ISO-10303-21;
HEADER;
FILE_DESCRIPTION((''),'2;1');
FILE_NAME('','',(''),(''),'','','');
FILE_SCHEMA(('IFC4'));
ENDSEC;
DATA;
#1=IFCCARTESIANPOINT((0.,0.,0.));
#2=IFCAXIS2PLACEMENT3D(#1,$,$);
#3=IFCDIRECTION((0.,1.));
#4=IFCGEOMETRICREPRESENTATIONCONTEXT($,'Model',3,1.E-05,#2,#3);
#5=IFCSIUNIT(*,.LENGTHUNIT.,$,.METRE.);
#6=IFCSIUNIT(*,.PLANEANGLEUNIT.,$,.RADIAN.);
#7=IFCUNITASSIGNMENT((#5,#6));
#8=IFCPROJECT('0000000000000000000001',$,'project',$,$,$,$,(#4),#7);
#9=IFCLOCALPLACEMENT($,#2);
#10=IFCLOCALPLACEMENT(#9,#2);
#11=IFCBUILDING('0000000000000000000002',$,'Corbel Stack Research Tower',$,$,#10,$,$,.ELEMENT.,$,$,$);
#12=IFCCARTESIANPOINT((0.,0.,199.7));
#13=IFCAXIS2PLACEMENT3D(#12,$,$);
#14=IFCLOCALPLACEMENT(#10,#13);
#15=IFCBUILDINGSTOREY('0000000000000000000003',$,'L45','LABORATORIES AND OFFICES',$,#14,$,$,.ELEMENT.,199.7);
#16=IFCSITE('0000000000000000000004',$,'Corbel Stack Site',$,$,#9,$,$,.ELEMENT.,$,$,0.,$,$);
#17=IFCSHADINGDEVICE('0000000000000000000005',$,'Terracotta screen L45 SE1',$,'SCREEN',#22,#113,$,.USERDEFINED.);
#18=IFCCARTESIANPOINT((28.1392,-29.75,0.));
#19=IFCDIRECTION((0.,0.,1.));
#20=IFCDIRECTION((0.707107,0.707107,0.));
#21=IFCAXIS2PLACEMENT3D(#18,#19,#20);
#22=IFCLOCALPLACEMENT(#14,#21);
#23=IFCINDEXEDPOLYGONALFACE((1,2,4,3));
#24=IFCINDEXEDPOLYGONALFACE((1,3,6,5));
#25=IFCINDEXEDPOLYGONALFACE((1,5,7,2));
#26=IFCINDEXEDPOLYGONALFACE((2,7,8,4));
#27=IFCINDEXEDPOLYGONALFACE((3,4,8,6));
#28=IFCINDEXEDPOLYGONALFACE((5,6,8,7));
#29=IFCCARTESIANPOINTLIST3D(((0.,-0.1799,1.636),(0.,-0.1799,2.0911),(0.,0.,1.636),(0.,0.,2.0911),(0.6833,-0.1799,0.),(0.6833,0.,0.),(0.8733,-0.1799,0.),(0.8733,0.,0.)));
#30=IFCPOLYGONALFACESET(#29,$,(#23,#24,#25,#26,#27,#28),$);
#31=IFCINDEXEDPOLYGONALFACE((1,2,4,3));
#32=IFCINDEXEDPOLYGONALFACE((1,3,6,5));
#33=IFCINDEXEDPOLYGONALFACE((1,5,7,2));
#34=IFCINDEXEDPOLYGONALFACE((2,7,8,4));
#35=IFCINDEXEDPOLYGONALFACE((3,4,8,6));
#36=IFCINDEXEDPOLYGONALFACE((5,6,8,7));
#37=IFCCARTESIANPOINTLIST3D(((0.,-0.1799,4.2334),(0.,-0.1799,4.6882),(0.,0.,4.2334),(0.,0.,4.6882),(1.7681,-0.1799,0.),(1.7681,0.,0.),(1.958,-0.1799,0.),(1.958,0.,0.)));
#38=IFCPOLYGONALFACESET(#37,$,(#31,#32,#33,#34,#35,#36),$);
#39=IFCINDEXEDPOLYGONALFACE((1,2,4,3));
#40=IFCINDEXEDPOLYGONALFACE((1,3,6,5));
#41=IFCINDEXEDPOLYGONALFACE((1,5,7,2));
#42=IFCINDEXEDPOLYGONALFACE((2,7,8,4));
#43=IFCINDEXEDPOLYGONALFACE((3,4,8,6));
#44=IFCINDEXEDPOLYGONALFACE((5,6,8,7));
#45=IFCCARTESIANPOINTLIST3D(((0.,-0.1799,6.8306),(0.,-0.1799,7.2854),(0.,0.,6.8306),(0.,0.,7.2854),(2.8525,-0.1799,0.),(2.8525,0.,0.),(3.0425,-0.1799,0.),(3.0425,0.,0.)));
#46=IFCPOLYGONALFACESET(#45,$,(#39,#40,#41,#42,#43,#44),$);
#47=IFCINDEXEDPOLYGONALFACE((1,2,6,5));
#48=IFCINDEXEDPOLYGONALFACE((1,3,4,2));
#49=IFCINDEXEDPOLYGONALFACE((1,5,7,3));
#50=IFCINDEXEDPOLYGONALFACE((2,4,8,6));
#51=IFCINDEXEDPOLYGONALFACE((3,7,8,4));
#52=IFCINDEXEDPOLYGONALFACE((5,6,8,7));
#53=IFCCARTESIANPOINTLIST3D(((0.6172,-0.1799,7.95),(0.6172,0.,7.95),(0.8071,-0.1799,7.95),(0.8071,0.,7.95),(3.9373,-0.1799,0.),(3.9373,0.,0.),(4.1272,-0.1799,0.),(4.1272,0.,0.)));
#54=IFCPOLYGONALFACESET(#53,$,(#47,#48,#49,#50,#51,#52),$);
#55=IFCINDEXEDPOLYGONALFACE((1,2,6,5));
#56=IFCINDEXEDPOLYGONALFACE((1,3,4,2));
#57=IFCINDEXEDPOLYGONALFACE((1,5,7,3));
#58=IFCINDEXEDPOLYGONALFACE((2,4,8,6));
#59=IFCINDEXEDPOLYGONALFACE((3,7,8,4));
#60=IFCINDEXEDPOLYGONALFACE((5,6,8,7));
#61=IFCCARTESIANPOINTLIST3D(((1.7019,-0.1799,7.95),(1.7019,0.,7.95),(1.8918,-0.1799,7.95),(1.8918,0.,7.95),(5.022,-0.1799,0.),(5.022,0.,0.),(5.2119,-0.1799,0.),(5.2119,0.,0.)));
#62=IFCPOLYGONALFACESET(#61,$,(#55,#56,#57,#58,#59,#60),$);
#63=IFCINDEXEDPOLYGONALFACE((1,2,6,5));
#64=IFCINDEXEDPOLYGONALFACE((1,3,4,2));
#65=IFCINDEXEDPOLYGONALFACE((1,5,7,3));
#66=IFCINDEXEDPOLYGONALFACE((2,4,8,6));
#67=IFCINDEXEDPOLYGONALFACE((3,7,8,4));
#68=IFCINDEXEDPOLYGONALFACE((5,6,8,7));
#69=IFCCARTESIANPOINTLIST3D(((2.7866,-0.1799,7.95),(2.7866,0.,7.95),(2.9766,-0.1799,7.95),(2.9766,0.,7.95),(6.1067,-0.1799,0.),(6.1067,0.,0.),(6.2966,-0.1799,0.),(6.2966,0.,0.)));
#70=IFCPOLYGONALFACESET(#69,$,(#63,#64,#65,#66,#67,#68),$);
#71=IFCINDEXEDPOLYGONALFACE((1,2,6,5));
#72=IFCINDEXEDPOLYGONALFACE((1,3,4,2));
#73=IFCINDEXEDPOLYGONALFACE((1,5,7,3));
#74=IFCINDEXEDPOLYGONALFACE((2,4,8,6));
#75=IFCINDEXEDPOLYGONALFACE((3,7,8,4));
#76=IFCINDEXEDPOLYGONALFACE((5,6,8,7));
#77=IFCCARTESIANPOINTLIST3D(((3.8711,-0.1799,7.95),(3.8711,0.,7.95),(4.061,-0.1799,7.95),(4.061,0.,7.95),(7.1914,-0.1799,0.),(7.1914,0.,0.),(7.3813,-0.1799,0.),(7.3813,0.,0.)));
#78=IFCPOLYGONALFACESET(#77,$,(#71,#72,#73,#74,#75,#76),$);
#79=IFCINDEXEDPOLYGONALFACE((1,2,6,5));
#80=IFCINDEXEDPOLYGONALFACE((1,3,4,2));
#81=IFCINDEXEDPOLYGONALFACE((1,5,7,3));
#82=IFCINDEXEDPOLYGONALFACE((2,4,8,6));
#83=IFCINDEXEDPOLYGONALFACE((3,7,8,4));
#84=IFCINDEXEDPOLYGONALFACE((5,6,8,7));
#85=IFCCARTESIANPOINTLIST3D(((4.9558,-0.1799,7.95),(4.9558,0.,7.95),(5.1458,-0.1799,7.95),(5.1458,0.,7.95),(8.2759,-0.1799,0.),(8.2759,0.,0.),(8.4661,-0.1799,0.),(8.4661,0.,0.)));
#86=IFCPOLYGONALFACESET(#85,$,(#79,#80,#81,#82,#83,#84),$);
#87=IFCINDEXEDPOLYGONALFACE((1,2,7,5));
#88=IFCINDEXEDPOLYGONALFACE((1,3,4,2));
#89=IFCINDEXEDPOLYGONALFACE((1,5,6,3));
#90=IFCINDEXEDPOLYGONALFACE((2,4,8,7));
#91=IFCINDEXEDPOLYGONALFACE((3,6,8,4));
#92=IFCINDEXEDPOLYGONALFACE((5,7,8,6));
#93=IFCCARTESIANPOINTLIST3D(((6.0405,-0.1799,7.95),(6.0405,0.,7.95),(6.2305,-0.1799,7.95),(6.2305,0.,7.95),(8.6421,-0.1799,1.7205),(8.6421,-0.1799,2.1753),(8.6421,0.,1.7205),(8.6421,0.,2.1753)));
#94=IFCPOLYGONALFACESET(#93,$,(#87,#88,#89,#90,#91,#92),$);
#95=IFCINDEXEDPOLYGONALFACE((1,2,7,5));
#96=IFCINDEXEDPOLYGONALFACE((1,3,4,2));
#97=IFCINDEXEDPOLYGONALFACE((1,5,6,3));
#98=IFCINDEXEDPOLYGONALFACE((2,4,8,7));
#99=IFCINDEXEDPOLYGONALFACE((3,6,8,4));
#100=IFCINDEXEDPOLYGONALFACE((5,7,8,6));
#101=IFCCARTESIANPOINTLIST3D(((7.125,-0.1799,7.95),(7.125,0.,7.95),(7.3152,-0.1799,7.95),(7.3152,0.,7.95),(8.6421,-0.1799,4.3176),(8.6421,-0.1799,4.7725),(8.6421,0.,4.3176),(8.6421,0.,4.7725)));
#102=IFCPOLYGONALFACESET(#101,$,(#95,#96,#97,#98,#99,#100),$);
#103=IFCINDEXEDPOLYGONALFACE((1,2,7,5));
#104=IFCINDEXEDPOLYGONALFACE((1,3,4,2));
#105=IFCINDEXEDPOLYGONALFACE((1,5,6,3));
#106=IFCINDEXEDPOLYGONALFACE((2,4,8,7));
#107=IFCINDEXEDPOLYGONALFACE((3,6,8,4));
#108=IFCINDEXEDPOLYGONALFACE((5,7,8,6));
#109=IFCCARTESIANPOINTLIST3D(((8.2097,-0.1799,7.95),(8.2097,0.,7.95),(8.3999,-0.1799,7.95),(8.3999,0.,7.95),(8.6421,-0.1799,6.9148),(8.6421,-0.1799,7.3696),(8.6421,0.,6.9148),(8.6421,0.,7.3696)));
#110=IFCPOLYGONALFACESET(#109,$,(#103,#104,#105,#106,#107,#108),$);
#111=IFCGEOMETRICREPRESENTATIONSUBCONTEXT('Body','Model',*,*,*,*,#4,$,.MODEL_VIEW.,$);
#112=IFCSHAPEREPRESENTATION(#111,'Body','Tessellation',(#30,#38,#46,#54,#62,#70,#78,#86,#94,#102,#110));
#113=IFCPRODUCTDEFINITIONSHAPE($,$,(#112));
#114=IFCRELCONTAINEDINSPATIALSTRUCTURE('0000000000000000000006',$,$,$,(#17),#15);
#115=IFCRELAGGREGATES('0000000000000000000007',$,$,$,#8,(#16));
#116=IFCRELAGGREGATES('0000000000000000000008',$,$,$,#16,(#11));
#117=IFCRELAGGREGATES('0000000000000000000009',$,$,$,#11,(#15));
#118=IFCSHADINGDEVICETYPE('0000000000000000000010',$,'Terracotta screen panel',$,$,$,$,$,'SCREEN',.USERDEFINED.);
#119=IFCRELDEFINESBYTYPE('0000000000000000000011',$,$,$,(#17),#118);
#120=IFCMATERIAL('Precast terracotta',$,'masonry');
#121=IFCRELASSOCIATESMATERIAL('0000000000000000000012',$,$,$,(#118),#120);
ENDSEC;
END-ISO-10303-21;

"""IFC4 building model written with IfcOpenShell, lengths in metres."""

from ifc_helpers import new_model, si_unit, direction, frame, origin, place, context, subcontext, project, spatial, polyline, outline, extrude, source, transform, mapped, material, type_object, element, save


model = new_model("IFC4")

# Units and contexts
model_context = context("Model", 3, precision=1e-05, world=origin(), true_north=direction((0.0, 1.0)))
body_context = subcontext(model_context, "Body", "Model", "MODEL_VIEW")
ifc_project = project(units=[si_unit("LENGTHUNIT", "METRE"), si_unit("PLANEANGLEUNIT", "RADIAN")], contexts=[model_context])

# Site, building, storey
site_placement = place(None, origin())
site = spatial("IfcSite", under=ifc_project, at=site_placement, Name="Corbel Stack Site", CompositionType="ELEMENT", RefElevation=0.0)
building_placement = place(site_placement, origin())
building = spatial("IfcBuilding", under=site, at=building_placement, Name="Corbel Stack Research Tower", CompositionType="ELEMENT")
storey_placement = place(building_placement, frame((0.0, 0.0, 199.7)))
storey = spatial("IfcBuildingStorey", under=building, at=storey_placement, Name="L45", Description="LABORATORIES AND OFFICES", CompositionType="ELEMENT", Elevation=199.7)

# Shading device
ifc_material_1 = material(Name="Precast terracotta", Category="masonry")
shading_device_type = type_object("IfcShadingDeviceType", Name="Terracotta screen panel", ElementType="SCREEN", PredefinedType="USERDEFINED", material=ifc_material_1)
shared_shape_1 = source(origin(), body_context, "Body", "SweptSolid", [
    extrude(outline(polyline([(0.8733, 0.0), (0.0, 2.0911), (0.0, 1.636), (0.6833, 0.0), (0.8733, 0.0)])), frame((0.0, 0.0, 0.0), z_axis=(0.0, -1.0, 0.0), x_axis=(1.0, 0.0, 0.0)), (0.0, 0.0, 1.0), 0.1799),
    extrude(outline(polyline([(1.958, 0.0), (0.0, 4.6882), (0.0, 4.2334), (1.7681, 0.0), (1.958, 0.0)])), frame((0.0, 0.0, 0.0), z_axis=(0.0, -1.0, 0.0), x_axis=(1.0, 0.0, 0.0)), (0.0, 0.0, 1.0), 0.1799),
    extrude(outline(polyline([(3.0425, 0.0), (0.0, 7.2854), (0.0, 6.8306), (2.8525, 0.0), (3.0425, 0.0)])), frame((0.0, 0.0, 0.0), z_axis=(0.0, -1.0, 0.0), x_axis=(1.0, 0.0, 0.0)), (0.0, 0.0, 1.0), 0.1799),
    extrude(outline(polyline([(4.1272, 0.0), (0.8071, 7.95), (0.6172, 7.95), (3.9373, 0.0), (4.1272, 0.0)])), frame((0.0, 0.0, 0.0), z_axis=(0.0, -1.0, 0.0), x_axis=(1.0, 0.0, 0.0)), (0.0, 0.0, 1.0), 0.1799),
    extrude(outline(polyline([(5.2119, 0.0), (1.8918, 7.95), (1.7019, 7.95), (5.022, 0.0), (5.2119, 0.0)])), frame((0.0, 0.0, 0.0), z_axis=(0.0, -1.0, 0.0), x_axis=(1.0, 0.0, 0.0)), (0.0, 0.0, 1.0), 0.1799),
    extrude(outline(polyline([(6.2966, 0.0), (2.9766, 7.95), (2.7866, 7.95), (6.1067, 0.0), (6.2966, 0.0)])), frame((0.0, 0.0, 0.0), z_axis=(0.0, -1.0, 0.0), x_axis=(1.0, 0.0, 0.0)), (0.0, 0.0, 1.0), 0.1799),
    extrude(outline(polyline([(7.3813, 0.0), (4.061, 7.95), (3.8711, 7.95), (7.1914, 0.0), (7.3813, 0.0)])), frame((0.0, 0.0, 0.0), z_axis=(0.0, -1.0, 0.0), x_axis=(1.0, 0.0, 0.0)), (0.0, 0.0, 1.0), 0.1799),
    extrude(outline(polyline([(8.4661, 0.0), (5.1458, 7.95), (4.9558, 7.95), (8.2759, 0.0), (8.4661, 0.0)])), frame((0.0, 0.0, 0.0), z_axis=(0.0, -1.0, 0.0), x_axis=(1.0, 0.0, 0.0)), (0.0, 0.0, 1.0), 0.1799),
    extrude(outline(polyline([(6.2305, 7.95), (6.0405, 7.95), (8.6421, 1.7205), (8.6421, 2.1753), (6.2305, 7.95)])), frame((0.0, 0.0, 0.0), z_axis=(0.0, -1.0, 0.0), x_axis=(1.0, 0.0, 0.0)), (0.0, 0.0, 1.0), 0.1799),
    extrude(outline(polyline([(7.3152, 7.95), (7.125, 7.95), (8.6421, 4.3176), (8.6421, 4.7725), (7.3152, 7.95)])), frame((0.0, 0.0, 0.0), z_axis=(0.0, -1.0, 0.0), x_axis=(1.0, 0.0, 0.0)), (0.0, 0.0, 1.0), 0.1799),
    extrude(outline(polyline([(8.3999, 7.95), (8.2097, 7.95), (8.6421, 6.9148), (8.6421, 7.3696), (8.3999, 7.95)])), frame((0.0, 0.0, 0.0), z_axis=(0.0, -1.0, 0.0), x_axis=(1.0, 0.0, 0.0)), (0.0, 0.0, 1.0), 0.1799),
])
shading_device_1_placement = place(storey_placement, frame((28.1392, -29.75, 0.0), z_axis=(0.0, 0.0, 1.0), x_axis=(0.707107, 0.707107, 0.0)))
element("IfcShadingDevice", 1, at=shading_device_1_placement, inside=storey, type_object=shading_device_type, Name="Terracotta screen L45 SE1", ObjectType="SCREEN", PredefinedType="USERDEFINED", context=body_context, shape_type="MappedRepresentation", body=[
    mapped(shared_shape_1, transform((0.0, 0.0, 0.0))),
])

save(model, "model.ifc")
